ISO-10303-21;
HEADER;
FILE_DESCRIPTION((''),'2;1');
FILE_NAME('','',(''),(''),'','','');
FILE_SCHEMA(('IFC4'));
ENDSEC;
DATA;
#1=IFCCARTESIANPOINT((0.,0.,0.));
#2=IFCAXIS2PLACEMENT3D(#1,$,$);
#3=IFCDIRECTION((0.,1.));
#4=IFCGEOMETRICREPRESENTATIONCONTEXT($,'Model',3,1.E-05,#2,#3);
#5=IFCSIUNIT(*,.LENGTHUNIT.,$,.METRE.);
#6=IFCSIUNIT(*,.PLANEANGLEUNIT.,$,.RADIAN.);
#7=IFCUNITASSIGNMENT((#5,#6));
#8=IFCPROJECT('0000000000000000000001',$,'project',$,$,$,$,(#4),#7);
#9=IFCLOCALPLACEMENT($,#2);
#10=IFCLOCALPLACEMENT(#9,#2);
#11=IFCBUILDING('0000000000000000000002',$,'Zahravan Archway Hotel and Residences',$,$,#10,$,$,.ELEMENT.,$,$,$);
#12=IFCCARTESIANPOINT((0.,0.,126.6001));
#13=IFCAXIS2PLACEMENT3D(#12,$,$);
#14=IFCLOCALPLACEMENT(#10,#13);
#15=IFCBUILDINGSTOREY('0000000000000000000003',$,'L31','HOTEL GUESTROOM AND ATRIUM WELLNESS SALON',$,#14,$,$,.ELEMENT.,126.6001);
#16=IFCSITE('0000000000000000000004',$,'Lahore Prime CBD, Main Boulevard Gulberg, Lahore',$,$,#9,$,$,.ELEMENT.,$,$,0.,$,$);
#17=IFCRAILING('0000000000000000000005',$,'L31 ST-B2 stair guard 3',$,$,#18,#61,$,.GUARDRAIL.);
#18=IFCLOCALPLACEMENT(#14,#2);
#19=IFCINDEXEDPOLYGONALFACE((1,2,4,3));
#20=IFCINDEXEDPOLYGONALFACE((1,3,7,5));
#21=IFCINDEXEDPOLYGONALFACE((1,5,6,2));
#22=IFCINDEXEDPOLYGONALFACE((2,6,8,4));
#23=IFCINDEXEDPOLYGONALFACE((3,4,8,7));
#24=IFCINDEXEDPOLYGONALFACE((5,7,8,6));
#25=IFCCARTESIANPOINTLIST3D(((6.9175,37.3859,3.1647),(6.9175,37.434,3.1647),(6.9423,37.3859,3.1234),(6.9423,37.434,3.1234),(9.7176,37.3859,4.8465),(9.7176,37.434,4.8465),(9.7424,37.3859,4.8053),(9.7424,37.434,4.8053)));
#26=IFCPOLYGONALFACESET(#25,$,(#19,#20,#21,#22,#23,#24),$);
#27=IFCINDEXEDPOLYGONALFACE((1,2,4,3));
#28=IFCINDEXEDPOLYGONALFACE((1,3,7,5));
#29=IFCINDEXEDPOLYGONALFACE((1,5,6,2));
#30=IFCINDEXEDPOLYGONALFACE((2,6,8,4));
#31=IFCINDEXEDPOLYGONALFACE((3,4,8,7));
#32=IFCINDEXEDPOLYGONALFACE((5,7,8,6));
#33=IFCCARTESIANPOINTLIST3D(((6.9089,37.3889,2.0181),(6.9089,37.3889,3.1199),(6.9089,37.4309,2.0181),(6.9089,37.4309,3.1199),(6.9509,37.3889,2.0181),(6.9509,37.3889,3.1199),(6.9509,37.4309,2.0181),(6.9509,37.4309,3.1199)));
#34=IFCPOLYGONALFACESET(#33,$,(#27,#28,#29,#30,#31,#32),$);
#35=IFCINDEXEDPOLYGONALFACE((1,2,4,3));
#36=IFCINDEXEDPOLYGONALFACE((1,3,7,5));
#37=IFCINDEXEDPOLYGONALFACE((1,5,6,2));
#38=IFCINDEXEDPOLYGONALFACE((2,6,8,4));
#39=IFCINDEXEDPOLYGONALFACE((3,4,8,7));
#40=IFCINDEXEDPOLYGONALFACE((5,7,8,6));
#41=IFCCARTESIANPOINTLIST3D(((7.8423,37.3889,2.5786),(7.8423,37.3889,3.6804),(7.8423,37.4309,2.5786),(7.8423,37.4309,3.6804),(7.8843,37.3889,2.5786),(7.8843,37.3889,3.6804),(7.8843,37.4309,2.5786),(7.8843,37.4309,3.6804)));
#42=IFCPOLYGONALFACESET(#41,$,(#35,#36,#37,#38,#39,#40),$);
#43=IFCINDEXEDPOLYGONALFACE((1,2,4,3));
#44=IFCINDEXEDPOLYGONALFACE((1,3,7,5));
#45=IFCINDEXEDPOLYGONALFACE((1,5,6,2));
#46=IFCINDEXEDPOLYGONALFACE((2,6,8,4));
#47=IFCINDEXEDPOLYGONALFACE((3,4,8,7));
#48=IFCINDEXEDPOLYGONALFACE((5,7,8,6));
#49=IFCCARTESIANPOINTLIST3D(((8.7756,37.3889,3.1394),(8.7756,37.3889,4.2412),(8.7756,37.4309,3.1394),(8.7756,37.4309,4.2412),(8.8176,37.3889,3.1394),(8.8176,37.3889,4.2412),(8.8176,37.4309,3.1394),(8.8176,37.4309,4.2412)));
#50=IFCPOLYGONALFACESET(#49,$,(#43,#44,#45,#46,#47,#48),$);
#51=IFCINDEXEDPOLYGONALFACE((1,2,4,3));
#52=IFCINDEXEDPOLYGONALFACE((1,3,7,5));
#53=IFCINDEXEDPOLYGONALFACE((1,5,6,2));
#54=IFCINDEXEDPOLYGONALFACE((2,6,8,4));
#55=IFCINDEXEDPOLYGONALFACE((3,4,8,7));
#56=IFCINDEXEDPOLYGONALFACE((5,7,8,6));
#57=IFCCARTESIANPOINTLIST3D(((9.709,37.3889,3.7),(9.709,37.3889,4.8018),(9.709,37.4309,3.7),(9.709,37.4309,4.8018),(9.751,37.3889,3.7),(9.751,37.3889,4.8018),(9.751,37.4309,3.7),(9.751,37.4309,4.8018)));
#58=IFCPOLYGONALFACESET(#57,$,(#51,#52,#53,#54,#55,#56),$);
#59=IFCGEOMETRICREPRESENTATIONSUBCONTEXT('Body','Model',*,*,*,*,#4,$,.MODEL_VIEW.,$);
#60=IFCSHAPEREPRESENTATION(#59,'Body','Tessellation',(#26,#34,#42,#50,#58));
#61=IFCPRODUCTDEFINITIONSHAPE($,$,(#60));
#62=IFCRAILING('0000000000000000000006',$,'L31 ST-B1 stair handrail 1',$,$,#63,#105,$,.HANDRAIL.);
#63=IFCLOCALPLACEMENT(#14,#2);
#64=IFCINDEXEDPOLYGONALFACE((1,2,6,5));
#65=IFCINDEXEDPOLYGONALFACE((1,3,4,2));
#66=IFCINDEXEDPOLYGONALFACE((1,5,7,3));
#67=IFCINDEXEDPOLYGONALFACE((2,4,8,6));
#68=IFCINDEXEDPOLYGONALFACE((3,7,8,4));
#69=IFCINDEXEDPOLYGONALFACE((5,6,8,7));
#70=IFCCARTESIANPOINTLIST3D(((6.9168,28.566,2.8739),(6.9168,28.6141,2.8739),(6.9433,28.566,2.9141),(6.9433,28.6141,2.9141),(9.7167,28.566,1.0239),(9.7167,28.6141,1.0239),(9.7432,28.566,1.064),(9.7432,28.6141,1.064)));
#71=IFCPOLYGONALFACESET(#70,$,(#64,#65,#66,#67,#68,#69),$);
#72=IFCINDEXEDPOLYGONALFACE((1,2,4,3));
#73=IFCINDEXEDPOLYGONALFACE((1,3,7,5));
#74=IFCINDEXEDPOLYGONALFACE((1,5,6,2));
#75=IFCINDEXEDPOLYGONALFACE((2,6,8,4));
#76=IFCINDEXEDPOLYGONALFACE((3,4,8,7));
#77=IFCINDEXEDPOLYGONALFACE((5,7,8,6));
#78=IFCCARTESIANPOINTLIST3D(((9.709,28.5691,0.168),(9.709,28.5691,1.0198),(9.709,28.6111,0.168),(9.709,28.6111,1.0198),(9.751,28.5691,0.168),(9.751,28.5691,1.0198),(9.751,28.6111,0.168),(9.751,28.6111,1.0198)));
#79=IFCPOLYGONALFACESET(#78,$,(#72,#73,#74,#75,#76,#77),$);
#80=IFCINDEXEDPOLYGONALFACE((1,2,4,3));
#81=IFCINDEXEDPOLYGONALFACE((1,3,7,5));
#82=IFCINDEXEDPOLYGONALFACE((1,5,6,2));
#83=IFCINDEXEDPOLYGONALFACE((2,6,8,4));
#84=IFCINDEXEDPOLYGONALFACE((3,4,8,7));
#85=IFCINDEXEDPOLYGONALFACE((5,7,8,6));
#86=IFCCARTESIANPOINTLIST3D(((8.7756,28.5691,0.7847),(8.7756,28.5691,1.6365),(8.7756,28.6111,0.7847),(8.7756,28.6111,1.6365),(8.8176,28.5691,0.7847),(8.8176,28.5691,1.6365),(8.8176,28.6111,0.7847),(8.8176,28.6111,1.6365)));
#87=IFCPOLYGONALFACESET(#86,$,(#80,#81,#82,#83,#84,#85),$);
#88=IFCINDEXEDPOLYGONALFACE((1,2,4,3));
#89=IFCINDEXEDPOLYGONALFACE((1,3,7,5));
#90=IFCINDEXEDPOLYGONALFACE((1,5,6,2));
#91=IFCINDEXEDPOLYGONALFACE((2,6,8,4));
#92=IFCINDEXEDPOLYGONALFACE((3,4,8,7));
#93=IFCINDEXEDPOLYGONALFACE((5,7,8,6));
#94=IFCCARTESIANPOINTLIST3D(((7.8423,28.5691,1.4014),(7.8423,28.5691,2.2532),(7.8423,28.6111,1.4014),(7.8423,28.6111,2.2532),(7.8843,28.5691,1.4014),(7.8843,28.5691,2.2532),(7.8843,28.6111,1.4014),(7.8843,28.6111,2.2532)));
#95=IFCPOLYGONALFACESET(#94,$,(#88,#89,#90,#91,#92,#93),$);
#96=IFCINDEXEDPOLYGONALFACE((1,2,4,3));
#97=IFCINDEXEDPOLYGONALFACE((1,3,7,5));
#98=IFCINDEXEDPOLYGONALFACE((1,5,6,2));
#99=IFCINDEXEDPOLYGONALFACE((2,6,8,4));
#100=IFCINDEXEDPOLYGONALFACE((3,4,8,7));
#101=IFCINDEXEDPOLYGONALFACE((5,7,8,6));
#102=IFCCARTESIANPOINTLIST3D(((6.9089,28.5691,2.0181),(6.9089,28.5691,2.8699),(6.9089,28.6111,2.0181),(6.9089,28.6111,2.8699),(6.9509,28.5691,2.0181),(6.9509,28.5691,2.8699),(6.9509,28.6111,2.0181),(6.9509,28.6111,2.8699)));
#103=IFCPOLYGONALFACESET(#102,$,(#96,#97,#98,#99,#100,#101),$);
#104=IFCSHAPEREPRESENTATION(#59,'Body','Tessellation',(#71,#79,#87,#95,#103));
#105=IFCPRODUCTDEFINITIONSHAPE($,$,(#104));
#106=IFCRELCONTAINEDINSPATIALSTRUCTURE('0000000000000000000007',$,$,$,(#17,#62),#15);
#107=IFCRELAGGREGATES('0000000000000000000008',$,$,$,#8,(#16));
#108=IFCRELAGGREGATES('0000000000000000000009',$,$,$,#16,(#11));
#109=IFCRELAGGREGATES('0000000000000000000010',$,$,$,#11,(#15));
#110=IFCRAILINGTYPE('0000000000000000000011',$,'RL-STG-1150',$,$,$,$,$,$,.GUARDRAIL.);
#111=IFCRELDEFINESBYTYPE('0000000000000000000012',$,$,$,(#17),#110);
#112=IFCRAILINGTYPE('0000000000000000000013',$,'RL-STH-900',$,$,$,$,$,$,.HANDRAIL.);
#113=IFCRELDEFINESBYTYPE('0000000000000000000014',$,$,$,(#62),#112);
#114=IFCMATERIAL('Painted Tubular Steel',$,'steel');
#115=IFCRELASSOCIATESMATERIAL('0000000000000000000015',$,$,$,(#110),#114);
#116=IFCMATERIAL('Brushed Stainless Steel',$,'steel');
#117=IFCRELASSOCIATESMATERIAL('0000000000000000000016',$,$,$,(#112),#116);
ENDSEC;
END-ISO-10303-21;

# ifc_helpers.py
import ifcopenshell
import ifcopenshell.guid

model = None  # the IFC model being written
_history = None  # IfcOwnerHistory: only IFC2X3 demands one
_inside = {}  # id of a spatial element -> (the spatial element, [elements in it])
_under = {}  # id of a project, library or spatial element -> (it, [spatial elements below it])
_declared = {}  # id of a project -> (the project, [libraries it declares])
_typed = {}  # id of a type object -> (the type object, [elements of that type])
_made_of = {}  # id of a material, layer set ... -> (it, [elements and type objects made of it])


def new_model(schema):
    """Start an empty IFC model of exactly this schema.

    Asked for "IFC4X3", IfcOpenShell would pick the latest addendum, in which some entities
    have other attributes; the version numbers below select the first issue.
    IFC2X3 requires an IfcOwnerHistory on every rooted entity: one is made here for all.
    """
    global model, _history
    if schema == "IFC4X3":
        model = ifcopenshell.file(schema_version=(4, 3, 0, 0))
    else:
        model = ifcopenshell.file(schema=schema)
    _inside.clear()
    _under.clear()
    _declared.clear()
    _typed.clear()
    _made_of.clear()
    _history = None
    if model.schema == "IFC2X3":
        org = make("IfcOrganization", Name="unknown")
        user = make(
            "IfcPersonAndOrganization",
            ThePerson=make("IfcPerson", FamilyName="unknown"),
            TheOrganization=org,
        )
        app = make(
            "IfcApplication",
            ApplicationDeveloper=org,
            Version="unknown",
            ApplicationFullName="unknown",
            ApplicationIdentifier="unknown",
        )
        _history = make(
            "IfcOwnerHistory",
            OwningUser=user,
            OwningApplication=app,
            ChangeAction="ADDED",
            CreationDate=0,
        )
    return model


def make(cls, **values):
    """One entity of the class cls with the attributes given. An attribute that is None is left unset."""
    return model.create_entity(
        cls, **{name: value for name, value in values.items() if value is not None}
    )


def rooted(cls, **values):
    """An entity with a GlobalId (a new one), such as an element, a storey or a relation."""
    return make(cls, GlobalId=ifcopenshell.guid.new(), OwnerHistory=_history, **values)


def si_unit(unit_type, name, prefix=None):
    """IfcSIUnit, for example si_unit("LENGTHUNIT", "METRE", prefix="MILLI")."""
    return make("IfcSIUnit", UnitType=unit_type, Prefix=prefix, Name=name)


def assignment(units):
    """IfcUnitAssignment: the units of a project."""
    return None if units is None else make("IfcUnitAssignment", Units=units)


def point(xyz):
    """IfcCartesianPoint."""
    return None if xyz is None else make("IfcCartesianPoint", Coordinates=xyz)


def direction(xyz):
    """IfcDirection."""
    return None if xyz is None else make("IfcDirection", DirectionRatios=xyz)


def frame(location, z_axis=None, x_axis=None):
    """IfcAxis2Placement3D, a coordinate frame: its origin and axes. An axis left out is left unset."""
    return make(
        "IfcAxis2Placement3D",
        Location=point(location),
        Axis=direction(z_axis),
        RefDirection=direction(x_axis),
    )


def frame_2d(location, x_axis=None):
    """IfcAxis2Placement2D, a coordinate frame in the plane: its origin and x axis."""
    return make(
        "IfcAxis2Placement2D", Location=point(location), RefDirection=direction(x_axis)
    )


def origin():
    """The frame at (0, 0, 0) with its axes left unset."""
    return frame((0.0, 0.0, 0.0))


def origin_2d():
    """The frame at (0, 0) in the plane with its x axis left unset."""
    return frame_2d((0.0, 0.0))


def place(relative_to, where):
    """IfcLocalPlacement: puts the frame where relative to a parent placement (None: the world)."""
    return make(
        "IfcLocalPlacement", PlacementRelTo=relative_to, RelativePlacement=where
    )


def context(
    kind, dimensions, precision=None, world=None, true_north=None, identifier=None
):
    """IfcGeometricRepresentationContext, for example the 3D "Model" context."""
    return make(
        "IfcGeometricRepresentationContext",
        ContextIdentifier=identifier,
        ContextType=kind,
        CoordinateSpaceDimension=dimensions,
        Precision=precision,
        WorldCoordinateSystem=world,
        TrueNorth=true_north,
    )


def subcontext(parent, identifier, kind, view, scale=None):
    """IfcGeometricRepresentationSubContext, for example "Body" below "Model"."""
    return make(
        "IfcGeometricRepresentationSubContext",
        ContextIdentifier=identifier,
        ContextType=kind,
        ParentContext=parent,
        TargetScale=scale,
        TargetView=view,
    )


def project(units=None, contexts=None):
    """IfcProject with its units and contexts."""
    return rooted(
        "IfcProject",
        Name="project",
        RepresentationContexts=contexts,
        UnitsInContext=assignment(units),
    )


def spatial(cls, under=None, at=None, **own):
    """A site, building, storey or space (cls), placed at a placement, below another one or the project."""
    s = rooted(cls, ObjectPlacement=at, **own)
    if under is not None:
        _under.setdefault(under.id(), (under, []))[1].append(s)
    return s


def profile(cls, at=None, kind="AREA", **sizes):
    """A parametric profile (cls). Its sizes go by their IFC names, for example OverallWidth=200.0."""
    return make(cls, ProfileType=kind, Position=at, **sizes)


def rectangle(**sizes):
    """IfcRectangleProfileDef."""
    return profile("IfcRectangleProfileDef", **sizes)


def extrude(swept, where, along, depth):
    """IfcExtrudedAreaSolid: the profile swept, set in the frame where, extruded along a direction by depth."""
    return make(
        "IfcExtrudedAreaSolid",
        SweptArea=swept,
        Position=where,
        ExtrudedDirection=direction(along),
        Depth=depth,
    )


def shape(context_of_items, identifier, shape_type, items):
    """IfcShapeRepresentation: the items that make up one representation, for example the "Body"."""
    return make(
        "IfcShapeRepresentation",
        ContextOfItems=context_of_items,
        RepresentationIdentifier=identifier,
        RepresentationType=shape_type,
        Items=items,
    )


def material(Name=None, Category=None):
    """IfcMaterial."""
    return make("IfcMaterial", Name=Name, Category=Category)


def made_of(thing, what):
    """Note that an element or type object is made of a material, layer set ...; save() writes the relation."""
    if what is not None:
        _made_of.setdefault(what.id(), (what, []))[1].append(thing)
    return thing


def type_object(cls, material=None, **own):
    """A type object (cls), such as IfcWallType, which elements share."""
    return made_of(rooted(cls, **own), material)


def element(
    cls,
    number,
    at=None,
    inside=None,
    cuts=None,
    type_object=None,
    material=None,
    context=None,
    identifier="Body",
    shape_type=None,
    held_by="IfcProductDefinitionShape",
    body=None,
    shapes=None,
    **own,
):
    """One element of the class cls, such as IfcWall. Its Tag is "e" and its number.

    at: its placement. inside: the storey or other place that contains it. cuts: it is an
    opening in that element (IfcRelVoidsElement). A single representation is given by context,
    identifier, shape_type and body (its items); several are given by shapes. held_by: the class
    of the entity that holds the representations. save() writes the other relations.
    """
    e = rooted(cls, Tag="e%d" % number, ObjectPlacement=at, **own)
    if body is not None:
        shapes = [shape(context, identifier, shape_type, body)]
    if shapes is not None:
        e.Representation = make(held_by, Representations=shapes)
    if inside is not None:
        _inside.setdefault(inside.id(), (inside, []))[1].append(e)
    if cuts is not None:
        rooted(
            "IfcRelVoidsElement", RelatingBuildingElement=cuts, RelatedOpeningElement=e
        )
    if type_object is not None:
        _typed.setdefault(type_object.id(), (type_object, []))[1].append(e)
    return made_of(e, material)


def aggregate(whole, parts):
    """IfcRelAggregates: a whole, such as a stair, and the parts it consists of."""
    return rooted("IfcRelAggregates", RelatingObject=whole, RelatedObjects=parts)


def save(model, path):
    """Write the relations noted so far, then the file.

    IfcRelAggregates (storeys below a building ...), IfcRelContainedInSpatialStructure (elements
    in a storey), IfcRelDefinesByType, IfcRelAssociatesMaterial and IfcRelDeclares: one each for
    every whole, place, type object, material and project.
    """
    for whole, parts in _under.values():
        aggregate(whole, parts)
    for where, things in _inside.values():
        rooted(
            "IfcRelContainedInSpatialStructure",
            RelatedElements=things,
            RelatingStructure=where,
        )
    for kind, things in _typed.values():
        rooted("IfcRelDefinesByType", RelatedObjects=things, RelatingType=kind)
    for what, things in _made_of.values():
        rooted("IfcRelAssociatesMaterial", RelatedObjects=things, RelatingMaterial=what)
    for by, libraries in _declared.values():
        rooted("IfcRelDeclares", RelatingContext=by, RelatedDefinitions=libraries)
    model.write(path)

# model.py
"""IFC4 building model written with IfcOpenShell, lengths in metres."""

from ifc_helpers import new_model, si_unit, direction, frame, origin, origin_2d, place, context, subcontext, project, spatial, rectangle, extrude, material, type_object, element, save


model = new_model("IFC4")

# Units and contexts
model_context = context("Model", 3, precision=1e-05, world=origin(), true_north=direction((0.0, 1.0)))
body_context = subcontext(model_context, "Body", "Model", "MODEL_VIEW")
ifc_project = project(units=[si_unit("LENGTHUNIT", "METRE"), si_unit("PLANEANGLEUNIT", "RADIAN")], contexts=[model_context])

# Site, building, storey
site_placement = place(None, origin())
site = spatial("IfcSite", under=ifc_project, at=site_placement, Name="Lahore Prime CBD, Main Boulevard Gulberg, Lahore", CompositionType="ELEMENT", RefElevation=0.0)
building_placement = place(site_placement, origin())
building = spatial("IfcBuilding", under=site, at=building_placement, Name="Zahravan Archway Hotel and Residences", CompositionType="ELEMENT")
storey_placement = place(building_placement, frame((0.0, 0.0, 126.6001)))
storey = spatial("IfcBuildingStorey", under=building, at=storey_placement, Name="L31", Description="HOTEL GUESTROOM AND ATRIUM WELLNESS SALON", CompositionType="ELEMENT", Elevation=126.6001)

# Shared definitions
ifc_material_1 = material(Name="Brushed Stainless Steel", Category="steel")

# Railings
ifc_material_2 = material(Name="Painted Tubular Steel", Category="steel")
railing_type_1 = type_object("IfcRailingType", Name="RL-STG-1150", PredefinedType="GUARDRAIL", material=ifc_material_2)
railing_1_placement = place(storey_placement, frame((6.9299, 37.4099, 2.0181)))
element("IfcRailing", 1, at=railing_1_placement, inside=storey, type_object=railing_type_1, Name="L31 ST-B2 stair guard 3", PredefinedType="GUARDRAIL", context=body_context, shape_type="SweptSolid", body=[
    extrude(rectangle(XDim=0.0481, YDim=0.0481, at=origin_2d()), frame((0.0, 0.0, 1.126), z_axis=(0.857242, 0.0, 0.514913), x_axis=(0.0, 1.0, 0.0)), (0.0, 0.0, 1.0), 3.2664),
    extrude(rectangle(XDim=0.042, YDim=0.042, at=origin_2d()), origin(), (0.0, 0.0, 1.0), 1.1018),
    extrude(rectangle(XDim=0.042, YDim=0.042, at=origin_2d()), frame((0.9333, 0.0, 0.5605)), (0.0, 0.0, 1.0), 1.1018),
    extrude(rectangle(XDim=0.042, YDim=0.042, at=origin_2d()), frame((1.8667, 0.0, 1.1213)), (0.0, 0.0, 1.0), 1.1018),
    extrude(rectangle(XDim=0.042, YDim=0.042, at=origin_2d()), frame((2.8, 0.0, 1.6819)), (0.0, 0.0, 1.0), 1.1018),
])
railing_type_2 = type_object("IfcRailingType", Name="RL-STH-900", PredefinedType="HANDRAIL", material=ifc_material_1)
railing_2_placement = place(storey_placement, frame((9.73, 28.5901, 0.168)))
element("IfcRailing", 2, at=railing_2_placement, inside=storey, type_object=railing_type_2, Name="L31 ST-B1 stair handrail 1", PredefinedType="HANDRAIL", context=body_context, shape_type="SweptSolid", body=[
    extrude(rectangle(XDim=0.0481, YDim=0.0481, at=origin_2d()), frame((0.0, 0.0, 0.876), z_axis=(-0.834326, 0.0, 0.551271), x_axis=(0.0, -1.0, 0.0)), (0.0, 0.0, 1.0), 3.356),
    extrude(rectangle(XDim=0.042, YDim=0.042, at=origin_2d()), origin(), (0.0, 0.0, 1.0), 0.8518),
    extrude(rectangle(XDim=0.042, YDim=0.042, at=origin_2d()), frame((-0.9333, 0.0, 0.6167)), (0.0, 0.0, 1.0), 0.8518),
    extrude(rectangle(XDim=0.042, YDim=0.042, at=origin_2d()), frame((-1.8667, 0.0, 1.2334)), (0.0, 0.0, 1.0), 0.8518),
    extrude(rectangle(XDim=0.042, YDim=0.042, at=origin_2d()), frame((-2.8, 0.0, 1.8501)), (0.0, 0.0, 1.0), 0.8518),
])

save(model, "model.ifc")
